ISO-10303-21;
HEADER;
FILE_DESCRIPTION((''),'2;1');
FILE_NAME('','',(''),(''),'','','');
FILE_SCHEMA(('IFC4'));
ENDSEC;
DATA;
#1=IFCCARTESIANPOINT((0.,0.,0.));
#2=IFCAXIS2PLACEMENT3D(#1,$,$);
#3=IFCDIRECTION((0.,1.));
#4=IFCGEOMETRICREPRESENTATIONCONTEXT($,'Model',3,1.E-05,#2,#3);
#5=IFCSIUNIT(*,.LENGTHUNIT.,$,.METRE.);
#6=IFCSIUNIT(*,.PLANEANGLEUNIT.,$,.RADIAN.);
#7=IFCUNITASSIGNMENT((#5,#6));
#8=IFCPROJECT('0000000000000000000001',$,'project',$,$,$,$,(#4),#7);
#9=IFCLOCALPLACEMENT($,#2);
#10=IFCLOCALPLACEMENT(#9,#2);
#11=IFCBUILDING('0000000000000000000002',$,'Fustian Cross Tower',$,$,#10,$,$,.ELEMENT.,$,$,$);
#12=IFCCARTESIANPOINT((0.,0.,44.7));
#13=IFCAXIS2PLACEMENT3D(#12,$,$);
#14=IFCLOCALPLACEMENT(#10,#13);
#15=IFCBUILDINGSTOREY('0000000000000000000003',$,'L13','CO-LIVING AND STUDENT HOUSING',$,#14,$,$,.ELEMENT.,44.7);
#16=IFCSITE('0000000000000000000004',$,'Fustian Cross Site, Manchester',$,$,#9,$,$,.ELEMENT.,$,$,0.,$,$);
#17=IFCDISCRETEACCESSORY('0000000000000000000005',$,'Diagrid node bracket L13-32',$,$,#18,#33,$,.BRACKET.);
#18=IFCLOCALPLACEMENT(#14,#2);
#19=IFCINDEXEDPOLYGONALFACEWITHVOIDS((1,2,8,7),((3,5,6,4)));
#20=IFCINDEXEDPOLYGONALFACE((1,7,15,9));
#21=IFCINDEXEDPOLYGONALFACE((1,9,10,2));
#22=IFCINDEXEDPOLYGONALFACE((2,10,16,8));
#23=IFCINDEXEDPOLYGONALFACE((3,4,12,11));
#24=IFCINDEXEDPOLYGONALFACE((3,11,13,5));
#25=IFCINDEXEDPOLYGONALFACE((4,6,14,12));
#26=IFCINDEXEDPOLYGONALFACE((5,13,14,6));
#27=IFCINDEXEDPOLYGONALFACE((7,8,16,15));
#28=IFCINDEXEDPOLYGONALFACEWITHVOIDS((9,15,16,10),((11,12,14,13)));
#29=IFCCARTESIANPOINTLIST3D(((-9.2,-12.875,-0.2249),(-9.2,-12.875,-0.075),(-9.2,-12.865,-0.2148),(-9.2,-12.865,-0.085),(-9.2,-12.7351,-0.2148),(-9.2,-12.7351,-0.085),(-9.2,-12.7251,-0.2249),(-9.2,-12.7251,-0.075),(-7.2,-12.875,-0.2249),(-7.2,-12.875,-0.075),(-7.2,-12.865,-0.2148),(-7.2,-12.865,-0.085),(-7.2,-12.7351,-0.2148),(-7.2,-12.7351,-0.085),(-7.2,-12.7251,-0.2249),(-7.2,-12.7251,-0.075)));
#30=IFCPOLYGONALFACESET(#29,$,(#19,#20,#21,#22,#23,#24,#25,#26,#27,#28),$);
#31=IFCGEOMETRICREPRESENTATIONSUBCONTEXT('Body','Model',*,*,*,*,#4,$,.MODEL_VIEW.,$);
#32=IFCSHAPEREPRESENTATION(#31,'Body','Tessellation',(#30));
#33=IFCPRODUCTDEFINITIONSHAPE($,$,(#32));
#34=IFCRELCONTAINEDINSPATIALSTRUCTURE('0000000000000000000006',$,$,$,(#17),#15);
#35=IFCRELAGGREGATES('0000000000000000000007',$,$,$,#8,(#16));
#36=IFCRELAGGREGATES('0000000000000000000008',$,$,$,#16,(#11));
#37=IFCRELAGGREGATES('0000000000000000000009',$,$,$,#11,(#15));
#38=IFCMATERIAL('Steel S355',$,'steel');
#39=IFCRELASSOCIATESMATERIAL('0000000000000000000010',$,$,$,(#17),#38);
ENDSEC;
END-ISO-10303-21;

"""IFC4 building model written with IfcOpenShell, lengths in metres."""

from ifc_helpers import new_model, si_unit, direction, frame, origin, origin_2d, place, context, subcontext, project, spatial, hollow_rectangle, extrude, material, element, save


model = new_model("IFC4")

# Units and contexts
model_context = context("Model", 3, precision=1e-05, world=origin(), true_north=direction((0.0, 1.0)))
body_context = subcontext(model_context, "Body", "Model", "MODEL_VIEW")
ifc_project = project(units=[si_unit("LENGTHUNIT", "METRE"), si_unit("PLANEANGLEUNIT", "RADIAN")], contexts=[model_context])

# Site, building, storey
site_placement = place(None, origin())
site = spatial("IfcSite", under=ifc_project, at=site_placement, Name="Fustian Cross Site, Manchester", CompositionType="ELEMENT", RefElevation=0.0)
building_placement = place(site_placement, origin())
building = spatial("IfcBuilding", under=site, at=building_placement, Name="Fustian Cross Tower", CompositionType="ELEMENT")
storey_placement = place(building_placement, frame((0.0, 0.0, 44.7)))
storey = spatial("IfcBuildingStorey", under=building, at=storey_placement, Name="L13", Description="CO-LIVING AND STUDENT HOUSING", CompositionType="ELEMENT", Elevation=44.7)

# Discrete accessory
ifc_material_1 = material(Name="Steel S355", Category="steel")
discrete_accessory_placement = place(storey_placement, frame((-9.2, -12.8, -0.1499), z_axis=(1.0, 0.0, 0.0), x_axis=(0.0, 1.0, 0.0)))
element("IfcDiscreteAccessory", 1, at=discrete_accessory_placement, inside=storey, material=ifc_material_1, Name="Diagrid node bracket L13-32", PredefinedType="BRACKET", context=body_context, shape_type="SweptSolid", body=[
    extrude(hollow_rectangle(XDim=0.1499, YDim=0.1499, WallThickness=0.01, at=origin_2d()), origin(), (0.0, 0.0, 1.0), 2.0),
])

save(model, "model.ifc")
